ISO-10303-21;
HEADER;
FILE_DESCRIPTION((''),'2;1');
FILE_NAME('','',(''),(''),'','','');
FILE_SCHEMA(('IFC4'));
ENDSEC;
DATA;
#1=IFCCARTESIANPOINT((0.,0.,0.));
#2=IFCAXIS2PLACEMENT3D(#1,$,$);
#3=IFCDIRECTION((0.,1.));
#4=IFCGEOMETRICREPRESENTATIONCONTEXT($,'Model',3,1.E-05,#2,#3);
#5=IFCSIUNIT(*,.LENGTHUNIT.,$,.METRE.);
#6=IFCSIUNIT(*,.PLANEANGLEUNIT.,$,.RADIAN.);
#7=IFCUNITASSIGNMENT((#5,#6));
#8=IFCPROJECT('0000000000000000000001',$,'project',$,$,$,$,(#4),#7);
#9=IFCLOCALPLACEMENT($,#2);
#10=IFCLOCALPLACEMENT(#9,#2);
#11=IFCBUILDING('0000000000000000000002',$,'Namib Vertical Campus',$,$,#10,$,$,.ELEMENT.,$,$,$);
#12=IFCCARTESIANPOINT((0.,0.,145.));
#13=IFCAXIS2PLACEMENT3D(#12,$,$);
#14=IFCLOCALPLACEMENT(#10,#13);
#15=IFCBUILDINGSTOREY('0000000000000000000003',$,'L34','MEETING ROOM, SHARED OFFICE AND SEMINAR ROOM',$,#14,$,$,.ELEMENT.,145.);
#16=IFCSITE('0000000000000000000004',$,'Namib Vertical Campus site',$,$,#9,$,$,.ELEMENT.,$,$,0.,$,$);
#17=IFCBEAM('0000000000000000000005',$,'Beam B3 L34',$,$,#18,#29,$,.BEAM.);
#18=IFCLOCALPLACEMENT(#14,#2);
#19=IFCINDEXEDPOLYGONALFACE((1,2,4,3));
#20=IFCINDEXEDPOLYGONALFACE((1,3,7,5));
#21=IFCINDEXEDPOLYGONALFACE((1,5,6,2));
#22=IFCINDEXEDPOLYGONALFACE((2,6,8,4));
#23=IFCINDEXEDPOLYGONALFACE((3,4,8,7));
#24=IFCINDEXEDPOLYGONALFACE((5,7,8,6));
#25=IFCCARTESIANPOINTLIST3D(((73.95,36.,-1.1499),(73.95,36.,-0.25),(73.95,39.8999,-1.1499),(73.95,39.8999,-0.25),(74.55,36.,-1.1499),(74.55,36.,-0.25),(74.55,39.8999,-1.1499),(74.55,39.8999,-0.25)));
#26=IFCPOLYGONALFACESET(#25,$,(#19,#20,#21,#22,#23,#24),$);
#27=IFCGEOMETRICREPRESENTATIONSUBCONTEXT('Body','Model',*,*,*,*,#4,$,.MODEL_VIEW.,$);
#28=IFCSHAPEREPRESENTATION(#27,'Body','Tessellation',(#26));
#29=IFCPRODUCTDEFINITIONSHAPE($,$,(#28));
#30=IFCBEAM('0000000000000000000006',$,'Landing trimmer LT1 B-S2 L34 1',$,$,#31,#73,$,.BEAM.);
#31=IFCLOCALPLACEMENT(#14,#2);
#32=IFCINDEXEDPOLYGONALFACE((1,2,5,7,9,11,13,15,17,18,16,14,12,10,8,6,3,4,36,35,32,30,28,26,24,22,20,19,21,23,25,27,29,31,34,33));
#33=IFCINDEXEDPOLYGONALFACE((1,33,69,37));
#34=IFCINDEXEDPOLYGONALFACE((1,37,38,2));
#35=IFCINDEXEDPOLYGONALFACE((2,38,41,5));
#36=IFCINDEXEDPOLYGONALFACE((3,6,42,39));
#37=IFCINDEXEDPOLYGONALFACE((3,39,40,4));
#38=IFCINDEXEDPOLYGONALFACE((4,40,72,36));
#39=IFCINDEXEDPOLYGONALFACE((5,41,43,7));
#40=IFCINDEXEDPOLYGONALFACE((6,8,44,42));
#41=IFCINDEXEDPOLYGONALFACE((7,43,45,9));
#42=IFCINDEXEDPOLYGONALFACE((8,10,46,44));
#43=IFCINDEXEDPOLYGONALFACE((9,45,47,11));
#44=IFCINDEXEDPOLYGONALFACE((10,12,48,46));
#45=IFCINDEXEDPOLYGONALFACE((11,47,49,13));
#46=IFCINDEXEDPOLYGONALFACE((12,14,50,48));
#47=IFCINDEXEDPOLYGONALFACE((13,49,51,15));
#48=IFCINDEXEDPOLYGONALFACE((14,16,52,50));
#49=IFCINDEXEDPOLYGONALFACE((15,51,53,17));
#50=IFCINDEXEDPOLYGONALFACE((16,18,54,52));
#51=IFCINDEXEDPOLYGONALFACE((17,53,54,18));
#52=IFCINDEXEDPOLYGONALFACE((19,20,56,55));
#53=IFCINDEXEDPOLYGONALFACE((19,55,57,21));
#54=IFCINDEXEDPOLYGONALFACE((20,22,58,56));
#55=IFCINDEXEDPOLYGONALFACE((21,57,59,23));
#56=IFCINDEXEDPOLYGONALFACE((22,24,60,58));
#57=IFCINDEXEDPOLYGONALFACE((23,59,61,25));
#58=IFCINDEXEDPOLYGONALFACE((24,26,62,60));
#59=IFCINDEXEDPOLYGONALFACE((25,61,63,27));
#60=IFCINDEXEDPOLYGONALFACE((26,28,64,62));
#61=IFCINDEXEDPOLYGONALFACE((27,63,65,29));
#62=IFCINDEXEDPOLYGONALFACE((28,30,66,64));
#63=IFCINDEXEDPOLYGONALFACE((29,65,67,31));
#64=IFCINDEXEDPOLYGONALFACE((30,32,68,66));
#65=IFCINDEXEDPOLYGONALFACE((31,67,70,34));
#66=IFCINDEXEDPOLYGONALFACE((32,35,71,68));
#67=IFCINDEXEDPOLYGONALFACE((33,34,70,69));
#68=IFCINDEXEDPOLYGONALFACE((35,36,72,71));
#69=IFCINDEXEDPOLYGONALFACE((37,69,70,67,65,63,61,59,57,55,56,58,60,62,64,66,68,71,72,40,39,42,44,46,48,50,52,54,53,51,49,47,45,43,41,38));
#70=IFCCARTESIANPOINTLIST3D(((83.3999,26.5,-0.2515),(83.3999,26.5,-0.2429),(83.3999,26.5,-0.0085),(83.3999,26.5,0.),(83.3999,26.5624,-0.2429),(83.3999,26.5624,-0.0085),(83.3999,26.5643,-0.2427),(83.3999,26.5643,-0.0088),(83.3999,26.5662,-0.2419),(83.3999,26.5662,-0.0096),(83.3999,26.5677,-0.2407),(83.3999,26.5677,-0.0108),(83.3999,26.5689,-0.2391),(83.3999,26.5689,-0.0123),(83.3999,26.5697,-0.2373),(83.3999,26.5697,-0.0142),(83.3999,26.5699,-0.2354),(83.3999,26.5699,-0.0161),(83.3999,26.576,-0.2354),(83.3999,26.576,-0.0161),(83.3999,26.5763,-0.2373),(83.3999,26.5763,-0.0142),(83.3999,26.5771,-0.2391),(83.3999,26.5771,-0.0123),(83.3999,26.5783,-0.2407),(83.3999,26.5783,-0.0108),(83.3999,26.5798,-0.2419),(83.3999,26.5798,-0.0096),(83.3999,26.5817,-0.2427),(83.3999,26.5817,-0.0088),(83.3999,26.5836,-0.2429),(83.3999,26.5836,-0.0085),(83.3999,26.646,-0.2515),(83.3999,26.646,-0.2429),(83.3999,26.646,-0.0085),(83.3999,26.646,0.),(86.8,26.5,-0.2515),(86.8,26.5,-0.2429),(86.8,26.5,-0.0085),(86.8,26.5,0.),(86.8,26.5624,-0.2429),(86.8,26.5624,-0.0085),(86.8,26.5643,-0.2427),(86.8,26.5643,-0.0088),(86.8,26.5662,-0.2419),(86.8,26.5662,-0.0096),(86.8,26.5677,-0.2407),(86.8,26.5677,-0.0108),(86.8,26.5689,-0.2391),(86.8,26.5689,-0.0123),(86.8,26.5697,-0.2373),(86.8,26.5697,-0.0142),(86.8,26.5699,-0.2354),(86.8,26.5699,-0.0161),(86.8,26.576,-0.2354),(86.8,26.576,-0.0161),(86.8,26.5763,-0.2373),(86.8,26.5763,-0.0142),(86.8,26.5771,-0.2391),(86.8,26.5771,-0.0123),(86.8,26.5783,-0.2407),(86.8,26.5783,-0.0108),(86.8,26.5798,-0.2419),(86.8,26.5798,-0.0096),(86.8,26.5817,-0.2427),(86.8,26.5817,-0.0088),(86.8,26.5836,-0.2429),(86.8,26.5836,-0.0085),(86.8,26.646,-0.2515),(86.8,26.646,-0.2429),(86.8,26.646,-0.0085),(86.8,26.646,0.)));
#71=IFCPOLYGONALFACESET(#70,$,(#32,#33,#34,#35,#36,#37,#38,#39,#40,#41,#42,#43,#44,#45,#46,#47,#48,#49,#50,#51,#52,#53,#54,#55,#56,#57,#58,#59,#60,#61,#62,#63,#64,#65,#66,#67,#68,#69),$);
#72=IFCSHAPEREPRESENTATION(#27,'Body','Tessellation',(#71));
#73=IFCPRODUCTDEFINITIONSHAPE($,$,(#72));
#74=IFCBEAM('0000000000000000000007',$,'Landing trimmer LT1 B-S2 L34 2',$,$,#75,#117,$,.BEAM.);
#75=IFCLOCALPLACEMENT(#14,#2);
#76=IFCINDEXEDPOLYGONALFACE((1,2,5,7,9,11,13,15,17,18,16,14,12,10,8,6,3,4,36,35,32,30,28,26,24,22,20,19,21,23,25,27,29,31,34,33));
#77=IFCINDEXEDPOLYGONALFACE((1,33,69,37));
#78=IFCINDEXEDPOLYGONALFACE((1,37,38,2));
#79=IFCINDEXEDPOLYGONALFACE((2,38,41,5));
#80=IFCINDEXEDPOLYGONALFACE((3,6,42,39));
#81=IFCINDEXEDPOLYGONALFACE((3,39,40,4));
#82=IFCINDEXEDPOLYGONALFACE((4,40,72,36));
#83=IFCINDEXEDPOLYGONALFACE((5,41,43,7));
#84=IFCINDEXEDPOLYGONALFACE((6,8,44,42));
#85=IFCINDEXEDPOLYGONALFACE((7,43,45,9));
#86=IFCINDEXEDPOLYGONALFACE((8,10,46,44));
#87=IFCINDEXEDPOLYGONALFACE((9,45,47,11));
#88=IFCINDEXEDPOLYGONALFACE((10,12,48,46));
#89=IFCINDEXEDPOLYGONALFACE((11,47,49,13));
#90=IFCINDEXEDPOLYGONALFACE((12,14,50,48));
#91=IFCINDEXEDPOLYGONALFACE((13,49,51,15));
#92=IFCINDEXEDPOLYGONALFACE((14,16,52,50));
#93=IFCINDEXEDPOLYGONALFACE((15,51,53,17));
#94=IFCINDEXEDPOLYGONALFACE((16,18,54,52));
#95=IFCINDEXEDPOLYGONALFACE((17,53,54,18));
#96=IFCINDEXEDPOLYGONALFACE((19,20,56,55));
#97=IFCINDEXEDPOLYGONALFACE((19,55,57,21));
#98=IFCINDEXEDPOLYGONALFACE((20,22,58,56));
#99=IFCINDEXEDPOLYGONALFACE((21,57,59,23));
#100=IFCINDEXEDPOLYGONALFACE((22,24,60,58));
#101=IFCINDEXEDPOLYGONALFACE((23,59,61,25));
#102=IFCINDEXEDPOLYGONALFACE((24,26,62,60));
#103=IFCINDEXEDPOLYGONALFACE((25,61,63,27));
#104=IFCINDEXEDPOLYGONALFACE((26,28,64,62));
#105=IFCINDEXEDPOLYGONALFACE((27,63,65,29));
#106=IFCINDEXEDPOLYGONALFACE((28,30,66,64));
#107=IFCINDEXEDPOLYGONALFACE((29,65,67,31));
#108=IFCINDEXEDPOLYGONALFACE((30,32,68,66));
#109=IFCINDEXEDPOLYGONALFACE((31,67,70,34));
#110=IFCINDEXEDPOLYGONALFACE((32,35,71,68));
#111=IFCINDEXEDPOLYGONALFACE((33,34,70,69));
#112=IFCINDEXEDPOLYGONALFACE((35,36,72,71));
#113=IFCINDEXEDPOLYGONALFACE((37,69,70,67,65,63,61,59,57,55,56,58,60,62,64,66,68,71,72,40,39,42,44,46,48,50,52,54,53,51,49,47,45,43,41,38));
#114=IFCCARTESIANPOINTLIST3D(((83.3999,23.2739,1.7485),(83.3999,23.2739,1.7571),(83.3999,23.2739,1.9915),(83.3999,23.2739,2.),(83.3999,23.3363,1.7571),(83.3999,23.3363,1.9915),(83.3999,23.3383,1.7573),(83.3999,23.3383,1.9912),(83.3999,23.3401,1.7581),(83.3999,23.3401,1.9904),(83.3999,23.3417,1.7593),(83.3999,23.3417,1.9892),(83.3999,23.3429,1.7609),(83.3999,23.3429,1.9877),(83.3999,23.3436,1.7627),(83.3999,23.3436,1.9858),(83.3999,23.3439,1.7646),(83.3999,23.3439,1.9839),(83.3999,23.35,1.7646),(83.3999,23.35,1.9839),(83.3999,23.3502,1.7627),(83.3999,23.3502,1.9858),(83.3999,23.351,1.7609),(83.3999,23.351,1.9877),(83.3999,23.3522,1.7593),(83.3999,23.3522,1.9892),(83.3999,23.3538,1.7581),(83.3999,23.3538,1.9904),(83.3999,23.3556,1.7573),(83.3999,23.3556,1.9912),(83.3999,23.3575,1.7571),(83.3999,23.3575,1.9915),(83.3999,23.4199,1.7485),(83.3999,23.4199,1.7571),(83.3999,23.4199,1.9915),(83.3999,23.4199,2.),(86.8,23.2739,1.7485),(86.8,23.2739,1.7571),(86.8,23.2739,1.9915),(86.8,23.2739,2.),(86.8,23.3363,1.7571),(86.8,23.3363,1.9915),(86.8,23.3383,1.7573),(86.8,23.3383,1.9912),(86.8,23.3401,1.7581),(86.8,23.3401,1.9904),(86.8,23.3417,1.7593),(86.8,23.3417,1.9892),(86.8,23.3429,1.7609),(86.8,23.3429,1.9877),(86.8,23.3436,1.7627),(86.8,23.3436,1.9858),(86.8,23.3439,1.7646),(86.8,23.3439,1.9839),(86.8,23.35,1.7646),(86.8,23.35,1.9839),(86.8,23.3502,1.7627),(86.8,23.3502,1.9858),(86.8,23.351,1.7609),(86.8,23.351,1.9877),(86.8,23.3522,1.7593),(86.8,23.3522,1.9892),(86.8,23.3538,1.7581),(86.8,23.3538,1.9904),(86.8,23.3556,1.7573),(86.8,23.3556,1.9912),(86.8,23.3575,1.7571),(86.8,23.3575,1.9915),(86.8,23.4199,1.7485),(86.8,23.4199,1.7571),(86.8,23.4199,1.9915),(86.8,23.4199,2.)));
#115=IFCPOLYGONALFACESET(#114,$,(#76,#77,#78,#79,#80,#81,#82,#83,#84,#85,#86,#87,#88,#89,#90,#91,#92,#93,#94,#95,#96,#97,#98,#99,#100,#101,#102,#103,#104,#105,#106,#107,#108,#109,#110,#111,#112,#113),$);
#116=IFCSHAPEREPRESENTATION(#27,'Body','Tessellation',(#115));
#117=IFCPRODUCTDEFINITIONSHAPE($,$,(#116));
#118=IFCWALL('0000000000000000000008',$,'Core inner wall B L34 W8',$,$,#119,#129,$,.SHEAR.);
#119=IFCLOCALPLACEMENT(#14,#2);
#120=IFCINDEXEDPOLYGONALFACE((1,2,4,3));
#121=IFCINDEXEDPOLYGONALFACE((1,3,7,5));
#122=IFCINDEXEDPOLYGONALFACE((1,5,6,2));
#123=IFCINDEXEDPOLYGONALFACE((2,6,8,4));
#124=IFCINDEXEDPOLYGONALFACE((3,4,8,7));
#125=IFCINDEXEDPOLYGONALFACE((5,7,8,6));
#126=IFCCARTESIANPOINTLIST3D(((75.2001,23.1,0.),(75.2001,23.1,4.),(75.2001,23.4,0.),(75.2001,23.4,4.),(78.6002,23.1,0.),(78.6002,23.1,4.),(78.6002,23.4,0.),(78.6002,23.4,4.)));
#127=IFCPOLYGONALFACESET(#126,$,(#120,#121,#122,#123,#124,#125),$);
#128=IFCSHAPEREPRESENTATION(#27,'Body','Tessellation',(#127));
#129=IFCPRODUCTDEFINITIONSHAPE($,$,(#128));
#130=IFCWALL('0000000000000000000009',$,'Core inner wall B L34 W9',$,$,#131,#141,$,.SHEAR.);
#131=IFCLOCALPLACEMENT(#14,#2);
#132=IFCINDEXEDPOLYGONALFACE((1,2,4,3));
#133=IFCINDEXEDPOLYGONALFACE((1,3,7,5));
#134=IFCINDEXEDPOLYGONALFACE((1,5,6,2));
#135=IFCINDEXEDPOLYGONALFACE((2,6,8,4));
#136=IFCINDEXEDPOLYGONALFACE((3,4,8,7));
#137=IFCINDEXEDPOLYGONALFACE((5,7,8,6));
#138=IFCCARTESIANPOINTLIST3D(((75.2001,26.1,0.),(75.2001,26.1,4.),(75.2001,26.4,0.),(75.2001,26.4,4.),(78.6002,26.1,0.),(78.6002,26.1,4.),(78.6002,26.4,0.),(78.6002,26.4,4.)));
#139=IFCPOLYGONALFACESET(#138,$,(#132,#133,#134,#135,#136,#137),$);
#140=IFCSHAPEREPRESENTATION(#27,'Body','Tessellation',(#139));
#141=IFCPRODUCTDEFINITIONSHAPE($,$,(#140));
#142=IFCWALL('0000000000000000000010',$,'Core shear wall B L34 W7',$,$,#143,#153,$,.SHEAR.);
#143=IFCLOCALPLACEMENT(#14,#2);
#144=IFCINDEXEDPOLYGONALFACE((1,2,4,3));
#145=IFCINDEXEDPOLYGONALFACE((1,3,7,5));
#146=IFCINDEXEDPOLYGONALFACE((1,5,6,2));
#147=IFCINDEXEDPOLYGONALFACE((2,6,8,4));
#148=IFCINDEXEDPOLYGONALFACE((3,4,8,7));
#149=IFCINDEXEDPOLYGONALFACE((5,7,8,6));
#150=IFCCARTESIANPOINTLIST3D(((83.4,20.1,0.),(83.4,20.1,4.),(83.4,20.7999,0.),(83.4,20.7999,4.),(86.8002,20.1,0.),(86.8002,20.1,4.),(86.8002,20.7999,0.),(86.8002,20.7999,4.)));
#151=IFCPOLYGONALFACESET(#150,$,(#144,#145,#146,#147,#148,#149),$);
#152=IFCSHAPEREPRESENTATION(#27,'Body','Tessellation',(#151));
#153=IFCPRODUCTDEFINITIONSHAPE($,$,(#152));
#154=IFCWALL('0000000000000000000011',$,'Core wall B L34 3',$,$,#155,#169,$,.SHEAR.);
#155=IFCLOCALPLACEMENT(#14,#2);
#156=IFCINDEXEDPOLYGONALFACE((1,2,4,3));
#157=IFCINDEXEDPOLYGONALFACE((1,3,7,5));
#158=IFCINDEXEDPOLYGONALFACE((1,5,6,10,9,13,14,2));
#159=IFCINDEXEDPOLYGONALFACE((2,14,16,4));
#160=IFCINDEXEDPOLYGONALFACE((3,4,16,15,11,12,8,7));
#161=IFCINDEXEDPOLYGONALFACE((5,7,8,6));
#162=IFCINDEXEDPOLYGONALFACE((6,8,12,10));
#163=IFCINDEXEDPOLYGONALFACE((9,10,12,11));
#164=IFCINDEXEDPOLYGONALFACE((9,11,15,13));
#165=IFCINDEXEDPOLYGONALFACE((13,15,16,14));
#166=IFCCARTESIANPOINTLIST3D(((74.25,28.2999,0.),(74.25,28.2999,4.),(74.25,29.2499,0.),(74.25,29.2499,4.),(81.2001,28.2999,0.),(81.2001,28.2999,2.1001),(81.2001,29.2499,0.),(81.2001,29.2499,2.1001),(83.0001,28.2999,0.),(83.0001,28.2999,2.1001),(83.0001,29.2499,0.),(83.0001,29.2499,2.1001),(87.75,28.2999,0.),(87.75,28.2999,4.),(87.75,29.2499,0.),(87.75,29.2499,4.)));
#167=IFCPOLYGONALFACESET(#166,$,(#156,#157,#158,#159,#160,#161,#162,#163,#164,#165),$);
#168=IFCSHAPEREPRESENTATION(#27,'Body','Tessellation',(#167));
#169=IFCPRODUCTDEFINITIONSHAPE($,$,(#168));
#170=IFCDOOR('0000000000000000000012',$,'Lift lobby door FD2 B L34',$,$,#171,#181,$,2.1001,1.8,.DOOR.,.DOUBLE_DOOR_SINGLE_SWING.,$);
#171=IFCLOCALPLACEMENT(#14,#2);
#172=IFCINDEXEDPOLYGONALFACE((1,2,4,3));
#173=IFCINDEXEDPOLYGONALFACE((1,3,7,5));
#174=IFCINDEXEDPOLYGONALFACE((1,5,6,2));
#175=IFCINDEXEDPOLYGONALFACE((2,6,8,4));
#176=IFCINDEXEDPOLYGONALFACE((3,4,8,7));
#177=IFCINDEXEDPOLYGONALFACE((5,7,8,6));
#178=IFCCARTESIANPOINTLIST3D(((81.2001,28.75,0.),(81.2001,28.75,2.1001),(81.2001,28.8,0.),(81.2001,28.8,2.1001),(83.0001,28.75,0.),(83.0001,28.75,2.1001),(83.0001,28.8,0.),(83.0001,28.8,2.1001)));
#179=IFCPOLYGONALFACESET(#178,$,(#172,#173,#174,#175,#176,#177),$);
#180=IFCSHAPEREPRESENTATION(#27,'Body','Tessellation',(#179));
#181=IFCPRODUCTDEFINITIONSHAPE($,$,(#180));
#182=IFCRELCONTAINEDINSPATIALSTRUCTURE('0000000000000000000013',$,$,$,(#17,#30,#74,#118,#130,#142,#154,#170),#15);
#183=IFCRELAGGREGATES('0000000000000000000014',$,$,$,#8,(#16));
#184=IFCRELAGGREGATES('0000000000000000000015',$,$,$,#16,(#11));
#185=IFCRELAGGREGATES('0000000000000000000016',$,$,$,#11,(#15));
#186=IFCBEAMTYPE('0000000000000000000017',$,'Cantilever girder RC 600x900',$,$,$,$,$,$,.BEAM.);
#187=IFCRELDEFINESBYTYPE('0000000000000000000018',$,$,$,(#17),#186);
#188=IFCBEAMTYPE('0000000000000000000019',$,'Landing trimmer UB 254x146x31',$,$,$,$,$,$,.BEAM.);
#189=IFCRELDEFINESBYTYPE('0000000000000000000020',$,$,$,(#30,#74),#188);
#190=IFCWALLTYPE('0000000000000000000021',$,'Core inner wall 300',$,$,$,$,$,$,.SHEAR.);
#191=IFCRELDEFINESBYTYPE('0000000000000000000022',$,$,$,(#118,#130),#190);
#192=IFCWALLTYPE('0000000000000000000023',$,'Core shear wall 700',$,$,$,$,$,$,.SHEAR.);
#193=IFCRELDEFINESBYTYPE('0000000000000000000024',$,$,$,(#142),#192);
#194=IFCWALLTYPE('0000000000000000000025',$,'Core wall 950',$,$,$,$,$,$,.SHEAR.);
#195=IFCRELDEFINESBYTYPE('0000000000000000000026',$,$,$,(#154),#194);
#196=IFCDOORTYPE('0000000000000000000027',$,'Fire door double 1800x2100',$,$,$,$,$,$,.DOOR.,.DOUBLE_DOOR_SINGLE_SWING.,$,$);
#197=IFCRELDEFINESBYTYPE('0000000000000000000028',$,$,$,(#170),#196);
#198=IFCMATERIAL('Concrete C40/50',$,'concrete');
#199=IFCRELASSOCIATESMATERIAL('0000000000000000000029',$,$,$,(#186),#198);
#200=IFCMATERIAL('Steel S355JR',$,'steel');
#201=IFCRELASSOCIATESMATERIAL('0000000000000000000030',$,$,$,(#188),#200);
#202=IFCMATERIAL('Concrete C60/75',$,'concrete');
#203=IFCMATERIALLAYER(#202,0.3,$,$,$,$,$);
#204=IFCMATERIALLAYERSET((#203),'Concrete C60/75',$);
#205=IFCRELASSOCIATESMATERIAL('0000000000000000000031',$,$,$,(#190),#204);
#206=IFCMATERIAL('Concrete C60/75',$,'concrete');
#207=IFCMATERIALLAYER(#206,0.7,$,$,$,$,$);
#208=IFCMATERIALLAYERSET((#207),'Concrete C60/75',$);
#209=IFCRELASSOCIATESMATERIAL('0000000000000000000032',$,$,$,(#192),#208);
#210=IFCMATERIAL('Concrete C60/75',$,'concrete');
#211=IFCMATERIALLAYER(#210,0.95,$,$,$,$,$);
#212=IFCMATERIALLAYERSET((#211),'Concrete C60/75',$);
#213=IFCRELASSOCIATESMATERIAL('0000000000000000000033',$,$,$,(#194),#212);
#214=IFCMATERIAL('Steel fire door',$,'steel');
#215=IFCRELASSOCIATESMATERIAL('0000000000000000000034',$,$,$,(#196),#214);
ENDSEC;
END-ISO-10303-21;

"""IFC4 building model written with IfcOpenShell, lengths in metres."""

from ifc_helpers import new_model, si_unit, direction, frame, frame_2d, origin, origin_2d, place, context, subcontext, project, spatial, rectangle, i_section, extrude, material, layer, layer_set, material_profile, profile_set, type_object, element, fill, save


model = new_model("IFC4")

# Units and contexts
model_context = context("Model", 3, precision=1e-05, world=origin(), true_north=direction((0.0, 1.0)))
body_context = subcontext(model_context, "Body", "Model", "MODEL_VIEW")
ifc_project = project(units=[si_unit("LENGTHUNIT", "METRE"), si_unit("PLANEANGLEUNIT", "RADIAN")], contexts=[model_context])

# Site, building, storey
site_placement = place(None, origin())
site = spatial("IfcSite", under=ifc_project, at=site_placement, Name="Namib Vertical Campus site", CompositionType="ELEMENT", RefElevation=0.0)
building_placement = place(site_placement, origin())
building = spatial("IfcBuilding", under=site, at=building_placement, Name="Namib Vertical Campus", CompositionType="ELEMENT")
storey_placement = place(building_placement, frame((0.0, 0.0, 145.0)))
storey = spatial("IfcBuildingStorey", under=building, at=storey_placement, Name="L34", Description="MEETING ROOM, SHARED OFFICE AND SEMINAR ROOM", CompositionType="ELEMENT", Elevation=145.0)

# Beams
ifc_material_1 = material(Name="Concrete C40/50", Category="concrete")
ifc_material_profile_1 = material_profile(ifc_material_1, rectangle(XDim=0.6001, YDim=0.8999, at=origin_2d()))
ifc_profile_set_1 = profile_set([ifc_material_profile_1], Name="Concrete C40/50")
beam_type_1 = type_object("IfcBeamType", Name="Cantilever girder RC 600x900", PredefinedType="BEAM", material=ifc_profile_set_1)
beam_placement = place(storey_placement, frame((74.25, 36.0, -0.7), z_axis=(0.0, 1.0, 0.0), x_axis=(-1.0, 0.0, 0.0)))
element("IfcBeam", 1, at=beam_placement, inside=storey, type_object=beam_type_1, Name="Beam B3 L34", PredefinedType="BEAM", context=body_context, shape_type="SweptSolid", body=[
    extrude(rectangle(XDim=0.6001, YDim=0.8999, at=origin_2d()), origin(), (0.0, 0.0, 1.0), 3.8999),
])
ifc_material_2 = material(Name="Steel S355JR", Category="steel")
ifc_material_profile_2 = material_profile(ifc_material_2, i_section(OverallWidth=0.146, OverallDepth=0.2515, WebThickness=0.0061, FlangeThickness=0.0085, FilletRadius=0.0076, at=origin_2d()))
ifc_profile_set_2 = profile_set([ifc_material_profile_2], Name="Steel S355JR")
beam_type_2 = type_object("IfcBeamType", Name="Landing trimmer UB 254x146x31", PredefinedType="BEAM", material=ifc_profile_set_2)
for number, where, z_axis, x_axis, name in (
    (2, (83.3999, 26.573, -0.1257), (1.0, 0.0, 0.0), (0.0, 1.0, 0.0), "Landing trimmer LT1 B-S2 L34 1"),
    (3, (83.3999, 23.3469, 1.8743), (1.0, 0.0, 0.0), (0.0, 1.0, 0.0), "Landing trimmer LT1 B-S2 L34 2"),
):
    element("IfcBeam", number, at=place(storey_placement, frame(where, z_axis=z_axis, x_axis=x_axis)), inside=storey, type_object=beam_type_2, Name=name, PredefinedType="BEAM", context=body_context, shape_type="SweptSolid", body=[
        extrude(i_section(OverallWidth=0.146, OverallDepth=0.2515, WebThickness=0.0061, FlangeThickness=0.0085, FilletRadius=0.0076, at=origin_2d()), origin(), (0.0, 0.0, 1.0), 3.4001),
    ])

# Walls
ifc_material_3 = material(Name="Concrete C60/75", Category="concrete")
ifc_layer_1 = layer(ifc_material_3, 0.3)
ifc_layer_set_1 = layer_set([ifc_layer_1], Name="Concrete C60/75")
wall_type_1 = type_object("IfcWallType", Name="Core inner wall 300", PredefinedType="SHEAR", material=ifc_layer_set_1)
for number, where, z_axis, x_axis, name in (
    (4, (75.2, 23.25, 0.0), (0.0, 0.0, 1.0), (1.0, 0.0, 0.0), "Core inner wall B L34 W8"),
    (5, (75.2, 26.25, 0.0), (0.0, 0.0, 1.0), (1.0, 0.0, 0.0), "Core inner wall B L34 W9"),
):
    element("IfcWall", number, at=place(storey_placement, frame(where, z_axis=z_axis, x_axis=x_axis)), inside=storey, type_object=wall_type_1, Name=name, PredefinedType="SHEAR", context=body_context, shape_type="SweptSolid", body=[
        extrude(rectangle(XDim=3.4001, YDim=0.3, at=frame_2d((1.7002, 0.0))), origin(), (0.0, 0.0, 1.0), 4.0),
    ])
ifc_material_4 = material(Name="Concrete C60/75", Category="concrete")
ifc_layer_2 = layer(ifc_material_4, 0.7)
ifc_layer_set_2 = layer_set([ifc_layer_2], Name="Concrete C60/75")
wall_type_2 = type_object("IfcWallType", Name="Core shear wall 700", PredefinedType="SHEAR", material=ifc_layer_set_2)
wall_1_placement = place(storey_placement, frame((83.3999, 20.45, 0.0), z_axis=(0.0, 0.0, 1.0), x_axis=(1.0, 0.0, 0.0)))
element("IfcWall", 6, at=wall_1_placement, inside=storey, type_object=wall_type_2, Name="Core shear wall B L34 W7", PredefinedType="SHEAR", context=body_context, shape_type="SweptSolid", body=[
    extrude(rectangle(XDim=3.4001, YDim=0.7, at=frame_2d((1.7002, 0.0))), origin(), (0.0, 0.0, 1.0), 4.0),
])

# Wall, opening, door
ifc_material_5 = material(Name="Concrete C60/75", Category="concrete")
ifc_layer_3 = layer(ifc_material_5, 0.95)
ifc_layer_set_3 = layer_set([ifc_layer_3], Name="Concrete C60/75")
wall_type_3 = type_object("IfcWallType", Name="Core wall 950", PredefinedType="SHEAR", material=ifc_layer_set_3)
wall_2_placement = place(storey_placement, frame((87.75, 28.7749, 0.0), z_axis=(0.0, 0.0, 1.0), x_axis=(-1.0, 0.0, 0.0)))
wall_2 = element("IfcWall", 7, at=wall_2_placement, inside=storey, type_object=wall_type_3, Name="Core wall B L34 3", PredefinedType="SHEAR", context=body_context, shape_type="SweptSolid", body=[
    extrude(rectangle(XDim=13.5, YDim=0.95, at=frame_2d((6.75, 0.0))), origin(), (0.0, 0.0, 1.0), 4.0),
])
opening_1_placement = place(wall_2_placement, frame((4.75, 0.0, 0.0)))
opening_1 = element("IfcOpeningElement", 8, at=opening_1_placement, cuts=wall_2, PredefinedType="OPENING", context=body_context, shape_type="SweptSolid", body=[
    extrude(rectangle(XDim=1.8, YDim=2.1001, at=frame_2d((0.8999, 1.05))), frame((0.0, 0.4849, 0.0), z_axis=(0.0, -1.0, 0.0), x_axis=(1.0, 0.0, 0.0)), (0.0, 0.0, 1.0), 0.97),
])
ifc_material_6 = material(Name="Steel fire door", Category="steel")
door_type_1 = type_object("IfcDoorType", Name="Fire door double 1800x2100", OperationType="DOUBLE_DOOR_SINGLE_SWING", PredefinedType="DOOR", material=ifc_material_6)
door_1_placement = place(opening_1_placement, origin())
door_1 = element("IfcDoor", 9, at=door_1_placement, inside=storey, type_object=door_type_1, Name="Lift lobby door FD2 B L34", OperationType="DOUBLE_DOOR_SINGLE_SWING", OverallHeight=2.1001, OverallWidth=1.8, PredefinedType="DOOR", context=body_context, shape_type="SweptSolid", body=[
    extrude(rectangle(XDim=1.8, YDim=2.1001, at=frame_2d((0.8999, 1.05))), frame((0.0, 0.0249, 0.0), z_axis=(0.0, -1.0, 0.0), x_axis=(1.0, 0.0, 0.0)), (0.0, 0.0, 1.0), 0.05),
])
fill(opening_1, door_1)

save(model, "model.ifc")
